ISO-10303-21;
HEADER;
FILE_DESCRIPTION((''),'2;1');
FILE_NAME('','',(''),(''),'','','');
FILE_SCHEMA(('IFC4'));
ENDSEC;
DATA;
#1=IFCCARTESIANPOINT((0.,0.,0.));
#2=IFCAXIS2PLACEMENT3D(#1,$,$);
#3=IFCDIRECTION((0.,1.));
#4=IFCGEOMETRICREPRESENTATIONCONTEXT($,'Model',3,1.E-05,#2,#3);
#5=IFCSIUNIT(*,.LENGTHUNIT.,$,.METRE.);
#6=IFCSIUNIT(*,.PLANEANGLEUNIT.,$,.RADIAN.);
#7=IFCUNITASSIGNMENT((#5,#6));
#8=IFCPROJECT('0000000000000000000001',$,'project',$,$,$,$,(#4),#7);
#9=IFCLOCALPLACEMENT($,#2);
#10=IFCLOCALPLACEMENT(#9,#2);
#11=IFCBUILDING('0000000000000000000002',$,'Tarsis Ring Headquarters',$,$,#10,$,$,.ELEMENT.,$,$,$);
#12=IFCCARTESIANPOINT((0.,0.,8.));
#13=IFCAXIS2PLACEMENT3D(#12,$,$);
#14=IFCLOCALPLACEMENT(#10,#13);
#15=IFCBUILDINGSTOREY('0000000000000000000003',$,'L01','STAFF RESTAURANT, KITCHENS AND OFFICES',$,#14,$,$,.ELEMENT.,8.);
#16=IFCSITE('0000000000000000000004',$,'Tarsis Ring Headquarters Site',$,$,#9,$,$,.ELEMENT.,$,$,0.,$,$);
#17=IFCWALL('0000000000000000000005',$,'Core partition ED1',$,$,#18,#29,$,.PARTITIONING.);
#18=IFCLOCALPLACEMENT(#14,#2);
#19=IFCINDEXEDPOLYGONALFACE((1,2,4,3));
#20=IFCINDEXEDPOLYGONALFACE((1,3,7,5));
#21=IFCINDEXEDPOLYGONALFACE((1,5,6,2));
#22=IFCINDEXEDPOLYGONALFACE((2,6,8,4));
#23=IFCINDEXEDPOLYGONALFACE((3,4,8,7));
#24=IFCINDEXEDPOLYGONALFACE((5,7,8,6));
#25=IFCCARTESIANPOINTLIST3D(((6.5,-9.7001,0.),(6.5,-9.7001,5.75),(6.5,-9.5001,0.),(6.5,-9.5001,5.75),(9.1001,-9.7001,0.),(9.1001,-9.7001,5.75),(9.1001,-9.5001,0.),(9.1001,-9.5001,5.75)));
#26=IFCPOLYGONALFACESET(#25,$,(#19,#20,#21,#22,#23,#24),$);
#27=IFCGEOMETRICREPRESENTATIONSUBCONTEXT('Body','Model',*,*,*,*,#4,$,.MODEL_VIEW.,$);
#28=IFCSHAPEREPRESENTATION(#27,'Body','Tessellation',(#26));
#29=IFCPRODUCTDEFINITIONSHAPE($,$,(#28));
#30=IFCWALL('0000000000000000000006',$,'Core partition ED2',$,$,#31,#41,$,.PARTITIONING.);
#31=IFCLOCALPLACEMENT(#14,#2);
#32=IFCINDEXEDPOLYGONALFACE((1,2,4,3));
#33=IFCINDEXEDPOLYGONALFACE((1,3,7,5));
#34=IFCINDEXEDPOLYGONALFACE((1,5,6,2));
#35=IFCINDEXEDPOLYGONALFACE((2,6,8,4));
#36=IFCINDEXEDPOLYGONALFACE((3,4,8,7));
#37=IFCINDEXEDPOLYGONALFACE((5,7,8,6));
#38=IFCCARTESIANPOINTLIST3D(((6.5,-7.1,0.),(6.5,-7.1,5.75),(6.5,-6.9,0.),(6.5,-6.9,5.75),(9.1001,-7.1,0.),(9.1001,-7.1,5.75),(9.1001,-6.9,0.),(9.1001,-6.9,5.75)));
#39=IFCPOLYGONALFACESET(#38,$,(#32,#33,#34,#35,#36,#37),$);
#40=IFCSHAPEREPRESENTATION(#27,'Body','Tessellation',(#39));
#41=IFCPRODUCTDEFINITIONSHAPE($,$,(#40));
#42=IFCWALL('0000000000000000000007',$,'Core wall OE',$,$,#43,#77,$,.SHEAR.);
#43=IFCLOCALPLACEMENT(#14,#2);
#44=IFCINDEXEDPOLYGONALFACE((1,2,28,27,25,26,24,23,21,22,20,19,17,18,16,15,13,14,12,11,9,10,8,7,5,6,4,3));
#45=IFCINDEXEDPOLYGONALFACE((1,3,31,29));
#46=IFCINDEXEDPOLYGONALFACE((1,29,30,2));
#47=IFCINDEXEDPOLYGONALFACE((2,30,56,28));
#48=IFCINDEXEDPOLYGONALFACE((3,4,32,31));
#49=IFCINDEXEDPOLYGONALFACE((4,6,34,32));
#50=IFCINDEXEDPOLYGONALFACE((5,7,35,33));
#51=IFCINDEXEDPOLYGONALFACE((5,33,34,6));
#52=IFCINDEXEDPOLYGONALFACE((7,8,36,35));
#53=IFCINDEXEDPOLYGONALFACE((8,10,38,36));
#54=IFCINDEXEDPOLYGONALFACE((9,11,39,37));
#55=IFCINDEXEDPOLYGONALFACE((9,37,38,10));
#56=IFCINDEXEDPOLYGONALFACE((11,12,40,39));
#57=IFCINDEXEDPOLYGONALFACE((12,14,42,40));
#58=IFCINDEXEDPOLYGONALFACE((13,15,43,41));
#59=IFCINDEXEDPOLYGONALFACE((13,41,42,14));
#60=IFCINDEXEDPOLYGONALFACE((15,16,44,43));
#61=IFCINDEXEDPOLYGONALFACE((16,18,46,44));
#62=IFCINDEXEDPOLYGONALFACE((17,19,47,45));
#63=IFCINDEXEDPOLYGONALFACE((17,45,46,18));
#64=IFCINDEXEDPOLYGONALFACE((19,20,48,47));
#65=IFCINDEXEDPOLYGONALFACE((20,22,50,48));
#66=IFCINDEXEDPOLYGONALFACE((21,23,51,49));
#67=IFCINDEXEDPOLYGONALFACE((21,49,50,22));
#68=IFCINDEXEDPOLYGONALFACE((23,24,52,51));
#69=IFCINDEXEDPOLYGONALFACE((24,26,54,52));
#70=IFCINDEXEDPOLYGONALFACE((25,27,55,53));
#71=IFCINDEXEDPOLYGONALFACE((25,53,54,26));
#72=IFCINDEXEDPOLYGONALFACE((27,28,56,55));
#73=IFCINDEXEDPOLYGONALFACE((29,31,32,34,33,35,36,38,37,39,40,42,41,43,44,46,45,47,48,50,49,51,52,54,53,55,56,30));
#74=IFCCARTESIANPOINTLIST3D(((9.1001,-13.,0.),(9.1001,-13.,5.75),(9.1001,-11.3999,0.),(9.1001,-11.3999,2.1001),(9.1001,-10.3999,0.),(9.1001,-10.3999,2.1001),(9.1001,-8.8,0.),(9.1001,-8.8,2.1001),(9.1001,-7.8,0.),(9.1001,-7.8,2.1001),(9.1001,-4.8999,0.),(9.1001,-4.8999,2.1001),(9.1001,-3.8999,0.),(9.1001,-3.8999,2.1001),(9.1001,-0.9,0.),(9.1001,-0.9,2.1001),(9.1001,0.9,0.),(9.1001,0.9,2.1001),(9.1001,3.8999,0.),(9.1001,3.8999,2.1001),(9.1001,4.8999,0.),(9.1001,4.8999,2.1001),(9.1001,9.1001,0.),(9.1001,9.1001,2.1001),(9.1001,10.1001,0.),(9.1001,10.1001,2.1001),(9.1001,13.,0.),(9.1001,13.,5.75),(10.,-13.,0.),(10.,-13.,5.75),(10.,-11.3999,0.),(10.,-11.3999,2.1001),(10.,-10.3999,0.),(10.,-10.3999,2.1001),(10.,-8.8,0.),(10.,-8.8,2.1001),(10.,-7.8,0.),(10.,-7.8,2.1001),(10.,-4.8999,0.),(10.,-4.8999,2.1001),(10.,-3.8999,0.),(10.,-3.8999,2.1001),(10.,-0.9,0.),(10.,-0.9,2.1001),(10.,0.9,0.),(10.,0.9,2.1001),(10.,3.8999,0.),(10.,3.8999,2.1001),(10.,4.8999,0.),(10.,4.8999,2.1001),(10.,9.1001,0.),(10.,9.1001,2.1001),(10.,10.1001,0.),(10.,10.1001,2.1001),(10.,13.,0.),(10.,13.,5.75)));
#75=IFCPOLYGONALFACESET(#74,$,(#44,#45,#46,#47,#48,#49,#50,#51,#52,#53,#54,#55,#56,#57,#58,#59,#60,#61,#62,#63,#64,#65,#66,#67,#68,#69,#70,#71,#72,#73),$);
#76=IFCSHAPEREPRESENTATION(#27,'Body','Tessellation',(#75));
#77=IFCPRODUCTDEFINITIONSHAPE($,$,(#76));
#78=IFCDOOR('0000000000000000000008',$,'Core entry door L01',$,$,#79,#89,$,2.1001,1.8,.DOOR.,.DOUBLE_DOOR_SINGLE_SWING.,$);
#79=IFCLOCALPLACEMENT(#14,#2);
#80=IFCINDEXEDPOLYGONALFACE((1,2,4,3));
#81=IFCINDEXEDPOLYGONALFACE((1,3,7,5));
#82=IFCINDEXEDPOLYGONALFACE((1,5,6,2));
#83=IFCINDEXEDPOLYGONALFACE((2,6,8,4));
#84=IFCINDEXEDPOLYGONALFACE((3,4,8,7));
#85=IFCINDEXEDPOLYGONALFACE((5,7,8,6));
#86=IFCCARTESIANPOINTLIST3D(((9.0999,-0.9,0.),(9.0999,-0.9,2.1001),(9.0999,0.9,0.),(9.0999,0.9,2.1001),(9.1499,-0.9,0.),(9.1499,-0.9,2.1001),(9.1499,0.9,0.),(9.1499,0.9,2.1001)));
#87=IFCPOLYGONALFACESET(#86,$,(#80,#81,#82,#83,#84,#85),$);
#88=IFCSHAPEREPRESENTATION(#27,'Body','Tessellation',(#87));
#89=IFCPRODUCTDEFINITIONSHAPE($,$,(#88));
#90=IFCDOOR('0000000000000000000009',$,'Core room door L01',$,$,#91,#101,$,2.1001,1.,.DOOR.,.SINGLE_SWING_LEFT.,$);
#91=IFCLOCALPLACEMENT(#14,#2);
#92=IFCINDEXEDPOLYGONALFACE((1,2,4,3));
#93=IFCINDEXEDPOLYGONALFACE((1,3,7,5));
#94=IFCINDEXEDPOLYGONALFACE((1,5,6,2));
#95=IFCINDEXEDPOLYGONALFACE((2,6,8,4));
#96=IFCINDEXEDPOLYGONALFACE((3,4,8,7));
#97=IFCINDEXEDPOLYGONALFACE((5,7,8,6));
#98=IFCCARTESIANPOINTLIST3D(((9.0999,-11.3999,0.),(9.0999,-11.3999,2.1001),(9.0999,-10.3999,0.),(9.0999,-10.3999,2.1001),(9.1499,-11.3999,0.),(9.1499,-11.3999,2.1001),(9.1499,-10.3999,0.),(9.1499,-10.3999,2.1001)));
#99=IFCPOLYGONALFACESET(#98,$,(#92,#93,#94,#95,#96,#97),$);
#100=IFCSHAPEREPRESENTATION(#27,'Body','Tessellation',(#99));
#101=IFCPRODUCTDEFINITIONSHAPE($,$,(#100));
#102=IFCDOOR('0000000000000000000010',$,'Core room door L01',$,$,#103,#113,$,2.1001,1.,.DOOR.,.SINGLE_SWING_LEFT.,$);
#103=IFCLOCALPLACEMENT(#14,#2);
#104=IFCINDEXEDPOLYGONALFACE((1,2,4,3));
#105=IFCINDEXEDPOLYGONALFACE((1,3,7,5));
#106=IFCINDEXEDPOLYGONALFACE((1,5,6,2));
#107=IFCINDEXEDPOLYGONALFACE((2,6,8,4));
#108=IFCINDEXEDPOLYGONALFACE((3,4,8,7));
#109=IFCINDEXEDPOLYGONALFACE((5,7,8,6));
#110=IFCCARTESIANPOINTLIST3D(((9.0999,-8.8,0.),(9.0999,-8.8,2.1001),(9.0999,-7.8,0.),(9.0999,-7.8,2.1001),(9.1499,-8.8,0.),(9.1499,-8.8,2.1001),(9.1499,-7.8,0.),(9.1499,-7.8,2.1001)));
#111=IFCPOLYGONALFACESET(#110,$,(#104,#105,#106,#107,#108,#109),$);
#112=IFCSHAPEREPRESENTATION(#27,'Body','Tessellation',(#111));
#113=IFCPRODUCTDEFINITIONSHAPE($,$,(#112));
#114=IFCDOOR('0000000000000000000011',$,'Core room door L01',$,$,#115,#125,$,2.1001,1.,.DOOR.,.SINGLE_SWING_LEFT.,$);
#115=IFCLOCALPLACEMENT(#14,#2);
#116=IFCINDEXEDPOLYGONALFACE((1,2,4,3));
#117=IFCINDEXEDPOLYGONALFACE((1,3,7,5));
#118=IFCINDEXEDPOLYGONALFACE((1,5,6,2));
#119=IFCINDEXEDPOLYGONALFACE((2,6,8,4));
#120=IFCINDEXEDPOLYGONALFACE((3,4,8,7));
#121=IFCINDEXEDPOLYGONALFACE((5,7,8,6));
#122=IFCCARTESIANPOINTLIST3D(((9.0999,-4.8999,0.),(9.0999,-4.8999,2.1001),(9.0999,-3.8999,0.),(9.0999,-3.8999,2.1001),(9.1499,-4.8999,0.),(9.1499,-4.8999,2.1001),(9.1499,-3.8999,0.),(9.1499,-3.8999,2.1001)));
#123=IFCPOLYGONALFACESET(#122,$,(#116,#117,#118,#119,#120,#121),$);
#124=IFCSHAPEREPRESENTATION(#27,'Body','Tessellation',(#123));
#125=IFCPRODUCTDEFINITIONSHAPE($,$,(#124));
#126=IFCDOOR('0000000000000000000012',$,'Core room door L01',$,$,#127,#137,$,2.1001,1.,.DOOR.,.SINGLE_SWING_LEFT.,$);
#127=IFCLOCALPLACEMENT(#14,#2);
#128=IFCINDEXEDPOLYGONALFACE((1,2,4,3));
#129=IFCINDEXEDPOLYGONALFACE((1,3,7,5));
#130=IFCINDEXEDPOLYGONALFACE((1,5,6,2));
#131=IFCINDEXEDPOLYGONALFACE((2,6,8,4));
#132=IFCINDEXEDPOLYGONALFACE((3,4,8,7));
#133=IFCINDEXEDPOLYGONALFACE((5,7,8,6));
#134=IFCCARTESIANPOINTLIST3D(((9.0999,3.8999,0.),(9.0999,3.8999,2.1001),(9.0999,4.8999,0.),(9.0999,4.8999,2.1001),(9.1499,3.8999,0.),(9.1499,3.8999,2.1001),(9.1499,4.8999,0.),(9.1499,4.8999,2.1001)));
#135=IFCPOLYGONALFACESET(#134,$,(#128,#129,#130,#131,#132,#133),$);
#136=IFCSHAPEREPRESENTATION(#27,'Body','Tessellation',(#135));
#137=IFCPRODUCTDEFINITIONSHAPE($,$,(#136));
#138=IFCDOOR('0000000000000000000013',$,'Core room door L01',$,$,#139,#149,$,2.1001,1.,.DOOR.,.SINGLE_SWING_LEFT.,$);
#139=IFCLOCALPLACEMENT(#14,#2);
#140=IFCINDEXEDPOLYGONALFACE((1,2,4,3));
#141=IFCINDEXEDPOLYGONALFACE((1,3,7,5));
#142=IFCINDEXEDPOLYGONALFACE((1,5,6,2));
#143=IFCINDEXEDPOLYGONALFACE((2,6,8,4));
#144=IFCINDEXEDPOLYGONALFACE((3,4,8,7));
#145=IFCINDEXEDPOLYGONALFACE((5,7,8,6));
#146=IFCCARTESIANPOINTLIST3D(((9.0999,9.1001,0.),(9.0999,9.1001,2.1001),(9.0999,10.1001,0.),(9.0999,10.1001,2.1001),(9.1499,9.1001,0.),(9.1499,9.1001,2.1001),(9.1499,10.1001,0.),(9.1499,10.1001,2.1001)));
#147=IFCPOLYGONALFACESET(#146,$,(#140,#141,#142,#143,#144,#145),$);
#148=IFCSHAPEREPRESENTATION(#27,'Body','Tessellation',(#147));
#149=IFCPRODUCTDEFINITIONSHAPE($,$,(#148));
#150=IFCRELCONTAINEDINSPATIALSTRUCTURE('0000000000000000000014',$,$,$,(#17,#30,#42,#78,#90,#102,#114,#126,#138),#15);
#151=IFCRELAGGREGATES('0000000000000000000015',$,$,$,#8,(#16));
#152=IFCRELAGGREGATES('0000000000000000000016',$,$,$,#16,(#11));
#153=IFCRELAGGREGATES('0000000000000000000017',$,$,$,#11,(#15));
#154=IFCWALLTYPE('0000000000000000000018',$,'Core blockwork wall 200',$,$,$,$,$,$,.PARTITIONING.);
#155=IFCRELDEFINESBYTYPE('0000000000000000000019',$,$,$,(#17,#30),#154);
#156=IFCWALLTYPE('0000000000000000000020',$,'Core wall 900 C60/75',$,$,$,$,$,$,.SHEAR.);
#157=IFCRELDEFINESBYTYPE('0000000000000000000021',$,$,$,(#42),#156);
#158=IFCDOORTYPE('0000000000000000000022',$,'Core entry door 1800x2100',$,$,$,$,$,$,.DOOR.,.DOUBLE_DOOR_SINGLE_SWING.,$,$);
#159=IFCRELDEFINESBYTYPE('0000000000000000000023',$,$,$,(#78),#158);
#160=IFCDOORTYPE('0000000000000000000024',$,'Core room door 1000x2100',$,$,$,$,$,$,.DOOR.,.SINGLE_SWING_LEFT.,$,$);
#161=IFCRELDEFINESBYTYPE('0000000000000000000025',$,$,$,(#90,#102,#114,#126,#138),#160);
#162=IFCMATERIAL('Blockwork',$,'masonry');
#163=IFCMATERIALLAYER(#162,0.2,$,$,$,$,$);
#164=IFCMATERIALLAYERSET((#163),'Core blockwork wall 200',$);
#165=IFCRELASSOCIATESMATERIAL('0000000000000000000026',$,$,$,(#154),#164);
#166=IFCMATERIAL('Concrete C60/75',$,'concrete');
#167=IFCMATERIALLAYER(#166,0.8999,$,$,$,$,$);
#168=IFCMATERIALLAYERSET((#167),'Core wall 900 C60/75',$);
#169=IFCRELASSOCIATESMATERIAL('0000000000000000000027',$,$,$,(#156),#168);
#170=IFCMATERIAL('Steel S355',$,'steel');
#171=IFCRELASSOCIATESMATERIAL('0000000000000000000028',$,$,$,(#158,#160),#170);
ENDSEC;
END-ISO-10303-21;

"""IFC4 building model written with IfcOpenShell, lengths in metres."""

from ifc_helpers import new_model, si_unit, direction, frame, frame_2d, origin, place, context, subcontext, project, spatial, rectangle, extrude, material, layer, layer_set, type_object, element, fill, save


model = new_model("IFC4")

# Units and contexts
model_context = context("Model", 3, precision=1e-05, world=origin(), true_north=direction((0.0, 1.0)))
body_context = subcontext(model_context, "Body", "Model", "MODEL_VIEW")
ifc_project = project(units=[si_unit("LENGTHUNIT", "METRE"), si_unit("PLANEANGLEUNIT", "RADIAN")], contexts=[model_context])

# Site, building, storey
site_placement = place(None, origin())
site = spatial("IfcSite", under=ifc_project, at=site_placement, Name="Tarsis Ring Headquarters Site", CompositionType="ELEMENT", RefElevation=0.0)
building_placement = place(site_placement, origin())
building = spatial("IfcBuilding", under=site, at=building_placement, Name="Tarsis Ring Headquarters", CompositionType="ELEMENT")
storey_placement = place(building_placement, frame((0.0, 0.0, 8.0)))
storey = spatial("IfcBuildingStorey", under=building, at=storey_placement, Name="L01", Description="STAFF RESTAURANT, KITCHENS AND OFFICES", CompositionType="ELEMENT", Elevation=8.0)

# Shared definitions
ifc_material_1 = material(Name="Concrete C60/75", Category="concrete")

# Walls
ifc_material_2 = material(Name="Blockwork", Category="masonry")
ifc_layer_1 = layer(ifc_material_2, 0.2)
ifc_layer_set_1 = layer_set([ifc_layer_1], Name="Core blockwork wall 200")
wall_type_1 = type_object("IfcWallType", Name="Core blockwork wall 200", PredefinedType="PARTITIONING", material=ifc_layer_set_1)
for number, where, z_axis, x_axis, name in (
    (1, (6.5, -9.6001, 0.0), (0.0, 0.0, 1.0), (1.0, 0.0, 0.0), "Core partition ED1"),
    (2, (6.5, -7.0, 0.0), (0.0, 0.0, 1.0), (1.0, 0.0, 0.0), "Core partition ED2"),
):
    element("IfcWall", number, at=place(storey_placement, frame(where, z_axis=z_axis, x_axis=x_axis)), inside=storey, type_object=wall_type_1, Name=name, PredefinedType="PARTITIONING", context=body_context, shape_type="SweptSolid", body=[
        extrude(rectangle(XDim=2.6001, YDim=0.2, at=frame_2d((1.3, 0.0))), origin(), (0.0, 0.0, 1.0), 5.75),
    ])

# Wall, openings, doors
ifc_layer_2 = layer(ifc_material_1, 0.8999)
ifc_layer_set_2 = layer_set([ifc_layer_2], Name="Core wall 900 C60/75")
wall_type_2 = type_object("IfcWallType", Name="Core wall 900 C60/75", PredefinedType="SHEAR", material=ifc_layer_set_2)
wall_1_placement = place(storey_placement, frame((9.55, -13.0, 0.0), z_axis=(0.0, 0.0, 1.0), x_axis=(0.0, 1.0, 0.0)))
wall_1 = element("IfcWall", 3, at=wall_1_placement, inside=storey, type_object=wall_type_2, Name="Core wall OE", PredefinedType="SHEAR", context=body_context, shape_type="SweptSolid", body=[
    extrude(rectangle(XDim=26.0, YDim=0.8999, at=frame_2d((13.0, 0.0))), origin(), (0.0, 0.0, 1.0), 5.75),
])
opening_1_placement = place(wall_1_placement, frame((1.6001, 0.0, 0.0)))
opening_1 = element("IfcOpeningElement", 4, at=opening_1_placement, cuts=wall_1, PredefinedType="OPENING", context=body_context, shape_type="SweptSolid", body=[
    extrude(rectangle(XDim=1.0, YDim=2.1001, at=frame_2d((0.5, 1.05))), frame((0.0, 0.46, 0.0), z_axis=(0.0, -1.0, 0.0), x_axis=(1.0, 0.0, 0.0)), (0.0, 0.0, 1.0), 0.9199),
])
opening_2_placement = place(wall_1_placement, frame((4.2, 0.0, 0.0)))
opening_2 = element("IfcOpeningElement", 5, at=opening_2_placement, cuts=wall_1, PredefinedType="OPENING", context=body_context, shape_type="SweptSolid", body=[
    extrude(rectangle(XDim=1.0, YDim=2.1001, at=frame_2d((0.5, 1.05))), frame((0.0, 0.46, 0.0), z_axis=(0.0, -1.0, 0.0), x_axis=(1.0, 0.0, 0.0)), (0.0, 0.0, 1.0), 0.9199),
])
opening_3_placement = place(wall_1_placement, frame((8.1001, 0.0, 0.0)))
opening_3 = element("IfcOpeningElement", 6, at=opening_3_placement, cuts=wall_1, PredefinedType="OPENING", context=body_context, shape_type="SweptSolid", body=[
    extrude(rectangle(XDim=1.0, YDim=2.1001, at=frame_2d((0.5, 1.05))), frame((0.0, 0.46, 0.0), z_axis=(0.0, -1.0, 0.0), x_axis=(1.0, 0.0, 0.0)), (0.0, 0.0, 1.0), 0.9199),
])
opening_4_placement = place(wall_1_placement, frame((12.1001, 0.0, 0.0)))
opening_4 = element("IfcOpeningElement", 7, at=opening_4_placement, cuts=wall_1, PredefinedType="OPENING", context=body_context, shape_type="SweptSolid", body=[
    extrude(rectangle(XDim=1.8, YDim=2.1001, at=frame_2d((0.8999, 1.05))), frame((0.0, 0.46, 0.0), z_axis=(0.0, -1.0, 0.0), x_axis=(1.0, 0.0, 0.0)), (0.0, 0.0, 1.0), 0.9199),
])
opening_5_placement = place(wall_1_placement, frame((16.8999, 0.0, 0.0)))
opening_5 = element("IfcOpeningElement", 8, at=opening_5_placement, cuts=wall_1, PredefinedType="OPENING", context=body_context, shape_type="SweptSolid", body=[
    extrude(rectangle(XDim=1.0, YDim=2.1001, at=frame_2d((0.5, 1.05))), frame((0.0, 0.46, 0.0), z_axis=(0.0, -1.0, 0.0), x_axis=(1.0, 0.0, 0.0)), (0.0, 0.0, 1.0), 0.9199),
])
opening_6_placement = place(wall_1_placement, frame((22.1001, 0.0, 0.0)))
opening_6 = element("IfcOpeningElement", 9, at=opening_6_placement, cuts=wall_1, PredefinedType="OPENING", context=body_context, shape_type="SweptSolid", body=[
    extrude(rectangle(XDim=1.0, YDim=2.1001, at=frame_2d((0.5, 1.05))), frame((0.0, 0.46, 0.0), z_axis=(0.0, -1.0, 0.0), x_axis=(1.0, 0.0, 0.0)), (0.0, 0.0, 1.0), 0.9199),
])
ifc_material_3 = material(Name="Steel S355", Category="steel")
door_type_1 = type_object("IfcDoorType", Name="Core entry door 1800x2100", OperationType="DOUBLE_DOOR_SINGLE_SWING", PredefinedType="DOOR", material=ifc_material_3)
door_1_placement = place(opening_4_placement, origin())
door_1 = element("IfcDoor", 10, at=door_1_placement, inside=storey, type_object=door_type_1, Name="Core entry door L01", OperationType="DOUBLE_DOOR_SINGLE_SWING", OverallHeight=2.1001, OverallWidth=1.8, PredefinedType="DOOR", context=body_context, shape_type="SweptSolid", body=[
    extrude(rectangle(XDim=1.8, YDim=2.1001, at=frame_2d((0.8999, 1.05))), frame((0.0, 0.4502, 0.0), z_axis=(0.0, -1.0, 0.0), x_axis=(1.0, 0.0, 0.0)), (0.0, 0.0, 1.0), 0.05),
])
fill(opening_4, door_1)
door_type_2 = type_object("IfcDoorType", Name="Core room door 1000x2100", OperationType="SINGLE_SWING_LEFT", PredefinedType="DOOR", material=ifc_material_3)
door_2_placement = place(opening_1_placement, origin())
door_2 = element("IfcDoor", 11, at=door_2_placement, inside=storey, type_object=door_type_2, Name="Core room door L01", OperationType="SINGLE_SWING_LEFT", OverallHeight=2.1001, OverallWidth=1.0, PredefinedType="DOOR", context=body_context, shape_type="SweptSolid", body=[
    extrude(rectangle(XDim=1.0, YDim=2.1001, at=frame_2d((0.5, 1.05))), frame((0.0, 0.4502, 0.0), z_axis=(0.0, -1.0, 0.0), x_axis=(1.0, 0.0, 0.0)), (0.0, 0.0, 1.0), 0.05),
])
fill(opening_1, door_2)
door_3_placement = place(opening_2_placement, origin())
door_3 = element("IfcDoor", 12, at=door_3_placement, inside=storey, type_object=door_type_2, Name="Core room door L01", OperationType="SINGLE_SWING_LEFT", OverallHeight=2.1001, OverallWidth=1.0, PredefinedType="DOOR", context=body_context, shape_type="SweptSolid", body=[
    extrude(rectangle(XDim=1.0, YDim=2.1001, at=frame_2d((0.5, 1.05))), frame((0.0, 0.4502, 0.0), z_axis=(0.0, -1.0, 0.0), x_axis=(1.0, 0.0, 0.0)), (0.0, 0.0, 1.0), 0.05),
])
fill(opening_2, door_3)
door_4_placement = place(opening_3_placement, origin())
door_4 = element("IfcDoor", 13, at=door_4_placement, inside=storey, type_object=door_type_2, Name="Core room door L01", OperationType="SINGLE_SWING_LEFT", OverallHeight=2.1001, OverallWidth=1.0, PredefinedType="DOOR", context=body_context, shape_type="SweptSolid", body=[
    extrude(rectangle(XDim=1.0, YDim=2.1001, at=frame_2d((0.5, 1.05))), frame((0.0, 0.4502, 0.0), z_axis=(0.0, -1.0, 0.0), x_axis=(1.0, 0.0, 0.0)), (0.0, 0.0, 1.0), 0.05),
])
fill(opening_3, door_4)
door_5_placement = place(opening_5_placement, origin())
door_5 = element("IfcDoor", 14, at=door_5_placement, inside=storey, type_object=door_type_2, Name="Core room door L01", OperationType="SINGLE_SWING_LEFT", OverallHeight=2.1001, OverallWidth=1.0, PredefinedType="DOOR", context=body_context, shape_type="SweptSolid", body=[
    extrude(rectangle(XDim=1.0, YDim=2.1001, at=frame_2d((0.5, 1.05))), frame((0.0, 0.4502, 0.0), z_axis=(0.0, -1.0, 0.0), x_axis=(1.0, 0.0, 0.0)), (0.0, 0.0, 1.0), 0.05),
])
fill(opening_5, door_5)
door_6_placement = place(opening_6_placement, origin())
door_6 = element("IfcDoor", 15, at=door_6_placement, inside=storey, type_object=door_type_2, Name="Core room door L01", OperationType="SINGLE_SWING_LEFT", OverallHeight=2.1001, OverallWidth=1.0, PredefinedType="DOOR", context=body_context, shape_type="SweptSolid", body=[
    extrude(rectangle(XDim=1.0, YDim=2.1001, at=frame_2d((0.5, 1.05))), frame((0.0, 0.4502, 0.0), z_axis=(0.0, -1.0, 0.0), x_axis=(1.0, 0.0, 0.0)), (0.0, 0.0, 1.0), 0.05),
])
fill(opening_6, door_6)

save(model, "model.ifc")
